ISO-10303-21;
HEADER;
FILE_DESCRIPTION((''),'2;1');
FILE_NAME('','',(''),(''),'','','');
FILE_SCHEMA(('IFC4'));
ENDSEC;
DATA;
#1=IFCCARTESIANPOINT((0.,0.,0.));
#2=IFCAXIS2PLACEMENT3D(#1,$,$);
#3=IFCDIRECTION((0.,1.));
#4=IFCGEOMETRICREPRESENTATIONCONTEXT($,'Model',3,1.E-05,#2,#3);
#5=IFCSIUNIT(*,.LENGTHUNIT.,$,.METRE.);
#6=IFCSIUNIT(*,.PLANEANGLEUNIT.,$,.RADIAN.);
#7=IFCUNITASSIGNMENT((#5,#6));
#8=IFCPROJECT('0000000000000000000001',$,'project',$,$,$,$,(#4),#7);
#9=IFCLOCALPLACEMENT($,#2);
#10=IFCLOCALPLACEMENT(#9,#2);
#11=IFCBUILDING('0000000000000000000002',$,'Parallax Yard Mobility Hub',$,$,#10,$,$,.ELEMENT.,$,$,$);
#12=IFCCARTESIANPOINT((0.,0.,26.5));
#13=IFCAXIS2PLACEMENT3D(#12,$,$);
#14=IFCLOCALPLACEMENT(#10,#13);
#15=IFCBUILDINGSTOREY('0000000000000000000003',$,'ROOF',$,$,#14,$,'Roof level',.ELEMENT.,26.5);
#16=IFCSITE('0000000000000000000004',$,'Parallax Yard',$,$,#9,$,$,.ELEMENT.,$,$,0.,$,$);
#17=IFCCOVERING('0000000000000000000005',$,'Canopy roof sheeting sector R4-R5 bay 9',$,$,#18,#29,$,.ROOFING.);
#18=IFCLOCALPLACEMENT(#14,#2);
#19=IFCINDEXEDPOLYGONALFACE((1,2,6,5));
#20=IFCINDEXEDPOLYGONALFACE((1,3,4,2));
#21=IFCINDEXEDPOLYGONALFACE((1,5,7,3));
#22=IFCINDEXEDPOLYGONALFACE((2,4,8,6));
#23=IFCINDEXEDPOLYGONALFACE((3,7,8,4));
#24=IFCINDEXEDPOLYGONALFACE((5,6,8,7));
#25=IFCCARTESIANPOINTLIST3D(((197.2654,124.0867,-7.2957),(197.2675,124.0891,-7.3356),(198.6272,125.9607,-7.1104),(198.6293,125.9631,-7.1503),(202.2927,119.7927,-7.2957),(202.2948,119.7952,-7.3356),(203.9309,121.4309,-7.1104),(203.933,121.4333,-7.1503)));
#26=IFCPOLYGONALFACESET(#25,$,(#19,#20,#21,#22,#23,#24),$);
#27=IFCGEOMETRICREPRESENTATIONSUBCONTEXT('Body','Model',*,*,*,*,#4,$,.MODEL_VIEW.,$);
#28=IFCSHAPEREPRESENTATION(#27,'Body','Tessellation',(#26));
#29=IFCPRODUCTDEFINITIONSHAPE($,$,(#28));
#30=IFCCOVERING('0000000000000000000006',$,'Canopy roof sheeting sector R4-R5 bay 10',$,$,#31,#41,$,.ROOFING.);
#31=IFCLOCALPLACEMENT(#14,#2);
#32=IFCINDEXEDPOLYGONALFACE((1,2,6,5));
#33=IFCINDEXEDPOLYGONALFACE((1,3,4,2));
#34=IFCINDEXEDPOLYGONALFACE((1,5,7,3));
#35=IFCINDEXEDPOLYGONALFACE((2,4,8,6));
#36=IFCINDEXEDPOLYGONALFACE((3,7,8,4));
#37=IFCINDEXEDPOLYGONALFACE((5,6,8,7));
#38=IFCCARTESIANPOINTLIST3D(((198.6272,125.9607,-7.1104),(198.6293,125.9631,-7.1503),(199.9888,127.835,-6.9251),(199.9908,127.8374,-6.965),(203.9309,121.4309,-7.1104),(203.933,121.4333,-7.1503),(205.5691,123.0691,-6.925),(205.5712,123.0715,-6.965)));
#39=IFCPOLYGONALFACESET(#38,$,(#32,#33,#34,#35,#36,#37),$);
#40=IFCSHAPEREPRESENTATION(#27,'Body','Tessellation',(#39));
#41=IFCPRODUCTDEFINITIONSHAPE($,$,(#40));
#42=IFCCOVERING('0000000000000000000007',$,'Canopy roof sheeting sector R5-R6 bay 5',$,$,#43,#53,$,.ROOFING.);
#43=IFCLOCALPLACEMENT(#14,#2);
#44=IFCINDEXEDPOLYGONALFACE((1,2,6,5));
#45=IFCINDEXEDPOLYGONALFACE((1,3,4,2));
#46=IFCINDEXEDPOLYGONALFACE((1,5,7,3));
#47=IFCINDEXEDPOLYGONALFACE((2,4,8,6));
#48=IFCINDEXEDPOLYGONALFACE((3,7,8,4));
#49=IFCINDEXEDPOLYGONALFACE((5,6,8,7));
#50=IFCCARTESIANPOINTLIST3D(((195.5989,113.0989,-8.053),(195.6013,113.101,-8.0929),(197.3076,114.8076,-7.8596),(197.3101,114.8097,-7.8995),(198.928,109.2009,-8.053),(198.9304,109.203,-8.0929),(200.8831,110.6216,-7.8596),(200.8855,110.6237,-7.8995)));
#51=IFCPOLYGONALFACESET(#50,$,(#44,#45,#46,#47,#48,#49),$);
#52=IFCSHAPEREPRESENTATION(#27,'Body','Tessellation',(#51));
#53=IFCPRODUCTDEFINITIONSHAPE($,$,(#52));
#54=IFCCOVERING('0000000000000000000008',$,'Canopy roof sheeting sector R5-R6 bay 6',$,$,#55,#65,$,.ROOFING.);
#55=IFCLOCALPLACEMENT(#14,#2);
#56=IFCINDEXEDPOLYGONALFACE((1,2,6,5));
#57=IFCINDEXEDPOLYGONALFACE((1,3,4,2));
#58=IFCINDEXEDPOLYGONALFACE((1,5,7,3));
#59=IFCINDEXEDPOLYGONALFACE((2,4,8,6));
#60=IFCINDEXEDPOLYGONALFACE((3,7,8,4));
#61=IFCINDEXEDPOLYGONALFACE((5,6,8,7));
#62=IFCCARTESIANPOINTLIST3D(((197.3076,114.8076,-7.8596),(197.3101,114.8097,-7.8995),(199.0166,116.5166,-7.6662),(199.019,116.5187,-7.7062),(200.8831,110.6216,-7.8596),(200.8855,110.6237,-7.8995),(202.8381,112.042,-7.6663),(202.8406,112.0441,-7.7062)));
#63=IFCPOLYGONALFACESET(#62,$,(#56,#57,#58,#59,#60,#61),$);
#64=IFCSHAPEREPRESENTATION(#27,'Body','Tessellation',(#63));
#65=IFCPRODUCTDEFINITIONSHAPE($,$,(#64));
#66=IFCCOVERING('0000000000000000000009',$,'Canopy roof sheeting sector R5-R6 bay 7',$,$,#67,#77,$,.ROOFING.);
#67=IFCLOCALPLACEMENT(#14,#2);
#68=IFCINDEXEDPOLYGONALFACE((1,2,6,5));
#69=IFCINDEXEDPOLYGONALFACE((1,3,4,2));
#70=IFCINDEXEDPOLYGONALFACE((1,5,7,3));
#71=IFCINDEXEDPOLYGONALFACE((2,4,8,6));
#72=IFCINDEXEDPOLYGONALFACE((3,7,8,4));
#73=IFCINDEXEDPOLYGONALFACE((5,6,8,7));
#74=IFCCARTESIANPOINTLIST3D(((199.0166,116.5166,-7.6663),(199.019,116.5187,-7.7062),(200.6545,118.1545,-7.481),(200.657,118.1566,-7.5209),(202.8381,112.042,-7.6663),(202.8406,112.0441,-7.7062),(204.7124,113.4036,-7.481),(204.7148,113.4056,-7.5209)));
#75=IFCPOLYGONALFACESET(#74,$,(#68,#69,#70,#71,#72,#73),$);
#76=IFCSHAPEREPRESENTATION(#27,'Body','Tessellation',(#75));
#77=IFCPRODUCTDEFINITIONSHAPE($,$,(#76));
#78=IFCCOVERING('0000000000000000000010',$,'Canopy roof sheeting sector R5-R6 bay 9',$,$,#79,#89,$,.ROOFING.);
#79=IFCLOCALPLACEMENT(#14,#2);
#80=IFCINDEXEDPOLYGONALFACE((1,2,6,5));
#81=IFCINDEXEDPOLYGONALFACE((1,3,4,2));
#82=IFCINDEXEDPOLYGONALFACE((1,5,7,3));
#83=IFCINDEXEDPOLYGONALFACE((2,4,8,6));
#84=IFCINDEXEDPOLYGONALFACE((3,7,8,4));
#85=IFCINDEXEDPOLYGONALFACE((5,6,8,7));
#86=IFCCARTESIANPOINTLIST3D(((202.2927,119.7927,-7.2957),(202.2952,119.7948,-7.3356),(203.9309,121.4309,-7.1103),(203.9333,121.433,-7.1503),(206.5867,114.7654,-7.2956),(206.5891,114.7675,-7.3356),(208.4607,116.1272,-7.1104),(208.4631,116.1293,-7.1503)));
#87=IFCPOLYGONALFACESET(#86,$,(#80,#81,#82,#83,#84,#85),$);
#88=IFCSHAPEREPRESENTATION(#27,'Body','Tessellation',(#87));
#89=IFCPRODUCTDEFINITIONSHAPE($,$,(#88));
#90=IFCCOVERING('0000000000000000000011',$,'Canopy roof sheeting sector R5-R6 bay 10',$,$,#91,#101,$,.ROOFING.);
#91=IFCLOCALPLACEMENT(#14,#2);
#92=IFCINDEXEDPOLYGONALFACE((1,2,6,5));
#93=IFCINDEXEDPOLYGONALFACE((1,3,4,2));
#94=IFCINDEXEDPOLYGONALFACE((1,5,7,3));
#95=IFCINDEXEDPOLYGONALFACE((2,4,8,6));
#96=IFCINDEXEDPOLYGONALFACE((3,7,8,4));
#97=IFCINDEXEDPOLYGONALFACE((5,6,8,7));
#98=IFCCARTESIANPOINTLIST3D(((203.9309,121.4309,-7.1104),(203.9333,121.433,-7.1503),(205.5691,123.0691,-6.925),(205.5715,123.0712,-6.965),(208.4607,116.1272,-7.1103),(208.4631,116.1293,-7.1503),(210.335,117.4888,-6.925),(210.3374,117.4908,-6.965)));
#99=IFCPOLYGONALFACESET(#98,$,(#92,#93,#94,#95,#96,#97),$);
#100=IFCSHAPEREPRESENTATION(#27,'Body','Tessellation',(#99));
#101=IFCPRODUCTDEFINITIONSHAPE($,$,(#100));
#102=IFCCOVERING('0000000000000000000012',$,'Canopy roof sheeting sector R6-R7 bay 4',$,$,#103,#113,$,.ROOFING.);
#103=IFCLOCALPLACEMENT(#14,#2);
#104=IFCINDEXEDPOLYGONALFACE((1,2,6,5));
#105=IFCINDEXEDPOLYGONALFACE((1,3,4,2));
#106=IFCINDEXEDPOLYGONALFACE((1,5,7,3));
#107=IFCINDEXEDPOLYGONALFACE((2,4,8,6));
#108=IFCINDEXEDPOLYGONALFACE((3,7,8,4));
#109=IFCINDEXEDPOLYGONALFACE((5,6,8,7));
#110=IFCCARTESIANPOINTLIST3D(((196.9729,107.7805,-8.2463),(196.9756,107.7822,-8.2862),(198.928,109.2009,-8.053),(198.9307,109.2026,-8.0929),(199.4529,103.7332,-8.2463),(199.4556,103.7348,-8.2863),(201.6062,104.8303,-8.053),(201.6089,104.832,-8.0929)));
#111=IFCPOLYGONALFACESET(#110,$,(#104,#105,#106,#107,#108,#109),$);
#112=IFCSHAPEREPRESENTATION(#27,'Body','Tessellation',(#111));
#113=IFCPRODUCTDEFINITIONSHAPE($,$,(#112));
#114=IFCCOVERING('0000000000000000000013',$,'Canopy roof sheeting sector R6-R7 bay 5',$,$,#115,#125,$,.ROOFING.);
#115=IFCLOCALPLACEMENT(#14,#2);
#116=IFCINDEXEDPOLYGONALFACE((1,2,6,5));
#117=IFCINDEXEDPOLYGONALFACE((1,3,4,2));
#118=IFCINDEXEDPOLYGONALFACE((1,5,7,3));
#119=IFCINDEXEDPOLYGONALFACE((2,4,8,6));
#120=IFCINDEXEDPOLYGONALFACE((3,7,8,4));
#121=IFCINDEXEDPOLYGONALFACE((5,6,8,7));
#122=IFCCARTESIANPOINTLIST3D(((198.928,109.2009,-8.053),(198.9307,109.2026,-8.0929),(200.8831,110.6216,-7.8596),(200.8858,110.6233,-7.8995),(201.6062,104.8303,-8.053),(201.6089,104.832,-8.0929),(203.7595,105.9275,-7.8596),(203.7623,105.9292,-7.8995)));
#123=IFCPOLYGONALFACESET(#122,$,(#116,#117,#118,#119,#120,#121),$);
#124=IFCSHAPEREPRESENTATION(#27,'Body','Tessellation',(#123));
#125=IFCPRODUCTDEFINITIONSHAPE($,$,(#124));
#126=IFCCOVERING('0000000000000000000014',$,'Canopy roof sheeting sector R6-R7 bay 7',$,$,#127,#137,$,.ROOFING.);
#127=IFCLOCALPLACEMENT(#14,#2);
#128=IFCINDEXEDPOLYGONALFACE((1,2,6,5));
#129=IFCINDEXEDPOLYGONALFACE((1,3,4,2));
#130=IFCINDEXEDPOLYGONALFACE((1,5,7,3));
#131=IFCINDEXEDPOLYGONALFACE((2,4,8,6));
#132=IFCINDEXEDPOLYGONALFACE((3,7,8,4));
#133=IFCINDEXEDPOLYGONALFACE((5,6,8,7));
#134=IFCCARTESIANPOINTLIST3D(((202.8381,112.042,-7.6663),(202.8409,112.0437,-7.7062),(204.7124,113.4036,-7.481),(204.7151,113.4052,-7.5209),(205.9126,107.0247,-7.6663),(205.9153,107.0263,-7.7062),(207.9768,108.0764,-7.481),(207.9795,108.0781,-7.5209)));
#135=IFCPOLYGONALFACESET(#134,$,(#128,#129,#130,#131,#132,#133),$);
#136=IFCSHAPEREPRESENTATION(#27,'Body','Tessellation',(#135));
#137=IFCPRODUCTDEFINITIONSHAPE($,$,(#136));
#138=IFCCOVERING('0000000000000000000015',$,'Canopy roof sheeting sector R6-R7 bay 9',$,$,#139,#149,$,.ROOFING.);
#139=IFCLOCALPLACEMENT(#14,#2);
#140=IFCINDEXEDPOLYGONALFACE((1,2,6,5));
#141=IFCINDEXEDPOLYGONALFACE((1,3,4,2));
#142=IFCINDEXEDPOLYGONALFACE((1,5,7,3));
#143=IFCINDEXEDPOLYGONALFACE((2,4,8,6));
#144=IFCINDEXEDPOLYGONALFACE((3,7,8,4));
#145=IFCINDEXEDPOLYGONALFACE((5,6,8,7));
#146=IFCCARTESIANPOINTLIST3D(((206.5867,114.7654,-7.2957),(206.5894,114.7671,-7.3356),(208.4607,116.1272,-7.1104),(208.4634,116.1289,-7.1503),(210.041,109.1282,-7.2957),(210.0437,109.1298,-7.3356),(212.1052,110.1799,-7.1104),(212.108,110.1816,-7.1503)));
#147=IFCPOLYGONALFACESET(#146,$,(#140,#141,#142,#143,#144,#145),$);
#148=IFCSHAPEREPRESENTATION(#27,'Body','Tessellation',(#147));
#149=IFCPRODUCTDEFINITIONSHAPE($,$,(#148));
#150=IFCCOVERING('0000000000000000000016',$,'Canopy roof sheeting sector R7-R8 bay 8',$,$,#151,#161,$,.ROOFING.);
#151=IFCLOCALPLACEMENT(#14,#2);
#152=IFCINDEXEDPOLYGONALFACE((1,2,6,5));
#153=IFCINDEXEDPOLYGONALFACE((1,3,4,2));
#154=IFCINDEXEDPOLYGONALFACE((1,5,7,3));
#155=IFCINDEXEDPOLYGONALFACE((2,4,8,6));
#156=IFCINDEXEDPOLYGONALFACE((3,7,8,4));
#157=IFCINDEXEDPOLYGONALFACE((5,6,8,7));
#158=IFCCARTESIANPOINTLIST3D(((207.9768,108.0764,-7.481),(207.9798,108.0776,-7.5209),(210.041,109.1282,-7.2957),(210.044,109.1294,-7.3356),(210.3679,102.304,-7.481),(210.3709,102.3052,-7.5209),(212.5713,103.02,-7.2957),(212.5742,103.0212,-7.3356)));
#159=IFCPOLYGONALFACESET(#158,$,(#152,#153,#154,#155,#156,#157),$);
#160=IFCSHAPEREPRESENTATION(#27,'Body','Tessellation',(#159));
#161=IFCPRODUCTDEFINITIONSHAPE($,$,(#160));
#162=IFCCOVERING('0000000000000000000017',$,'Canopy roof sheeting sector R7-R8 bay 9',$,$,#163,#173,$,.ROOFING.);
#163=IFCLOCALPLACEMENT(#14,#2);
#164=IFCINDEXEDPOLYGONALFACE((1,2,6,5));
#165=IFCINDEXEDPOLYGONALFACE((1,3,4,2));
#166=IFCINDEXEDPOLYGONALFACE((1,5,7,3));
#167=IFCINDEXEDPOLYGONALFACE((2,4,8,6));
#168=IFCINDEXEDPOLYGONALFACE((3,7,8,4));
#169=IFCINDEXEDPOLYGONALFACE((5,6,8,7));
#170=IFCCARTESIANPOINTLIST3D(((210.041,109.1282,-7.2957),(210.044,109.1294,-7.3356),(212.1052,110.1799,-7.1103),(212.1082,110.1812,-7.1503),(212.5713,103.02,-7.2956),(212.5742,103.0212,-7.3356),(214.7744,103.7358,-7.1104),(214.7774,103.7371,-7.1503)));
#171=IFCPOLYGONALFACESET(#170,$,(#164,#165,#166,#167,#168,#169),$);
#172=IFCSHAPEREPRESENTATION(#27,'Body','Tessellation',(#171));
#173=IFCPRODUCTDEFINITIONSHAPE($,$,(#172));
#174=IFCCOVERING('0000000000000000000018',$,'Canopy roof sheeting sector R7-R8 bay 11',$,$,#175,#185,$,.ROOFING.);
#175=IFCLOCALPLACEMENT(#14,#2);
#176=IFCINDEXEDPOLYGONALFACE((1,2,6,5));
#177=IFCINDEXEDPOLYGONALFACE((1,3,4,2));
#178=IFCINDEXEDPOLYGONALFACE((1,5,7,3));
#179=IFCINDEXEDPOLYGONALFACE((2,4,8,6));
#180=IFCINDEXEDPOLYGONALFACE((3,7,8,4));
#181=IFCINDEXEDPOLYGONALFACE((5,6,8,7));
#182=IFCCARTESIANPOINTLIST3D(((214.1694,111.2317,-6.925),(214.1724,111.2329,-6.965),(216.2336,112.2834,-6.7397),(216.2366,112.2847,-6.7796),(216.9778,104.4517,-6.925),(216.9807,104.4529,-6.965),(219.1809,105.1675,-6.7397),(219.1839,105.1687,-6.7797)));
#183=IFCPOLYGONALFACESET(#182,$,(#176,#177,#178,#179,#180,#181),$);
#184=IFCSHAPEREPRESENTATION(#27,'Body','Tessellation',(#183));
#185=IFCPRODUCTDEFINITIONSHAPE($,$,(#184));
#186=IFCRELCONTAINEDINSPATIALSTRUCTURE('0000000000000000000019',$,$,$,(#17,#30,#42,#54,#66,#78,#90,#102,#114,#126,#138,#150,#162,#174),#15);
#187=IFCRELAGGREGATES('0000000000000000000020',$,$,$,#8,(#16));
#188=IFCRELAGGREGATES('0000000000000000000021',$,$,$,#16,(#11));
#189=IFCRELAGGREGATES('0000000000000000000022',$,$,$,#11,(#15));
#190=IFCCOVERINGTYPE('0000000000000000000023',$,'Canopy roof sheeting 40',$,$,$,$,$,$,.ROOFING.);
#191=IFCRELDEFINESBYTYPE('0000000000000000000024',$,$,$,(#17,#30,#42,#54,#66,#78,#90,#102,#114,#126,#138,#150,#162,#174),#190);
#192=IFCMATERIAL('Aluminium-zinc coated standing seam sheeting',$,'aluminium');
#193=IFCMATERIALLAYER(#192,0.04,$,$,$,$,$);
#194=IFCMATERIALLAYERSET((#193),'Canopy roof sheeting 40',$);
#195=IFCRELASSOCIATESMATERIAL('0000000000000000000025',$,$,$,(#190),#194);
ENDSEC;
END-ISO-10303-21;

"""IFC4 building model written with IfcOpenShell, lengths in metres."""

from ifc_helpers import new_model, si_unit, direction, frame, origin, place, context, subcontext, project, spatial, polyline, outline, extrude, material, layer, layer_set, type_object, element, save


model = new_model("IFC4")

# Units and contexts
model_context = context("Model", 3, precision=1e-05, world=origin(), true_north=direction((0.0, 1.0)))
body_context = subcontext(model_context, "Body", "Model", "MODEL_VIEW")
ifc_project = project(units=[si_unit("LENGTHUNIT", "METRE"), si_unit("PLANEANGLEUNIT", "RADIAN")], contexts=[model_context])

# Site, building, storey
site_placement = place(None, origin())
site = spatial("IfcSite", under=ifc_project, at=site_placement, Name="Parallax Yard", CompositionType="ELEMENT", RefElevation=0.0)
building_placement = place(site_placement, origin())
building = spatial("IfcBuilding", under=site, at=building_placement, Name="Parallax Yard Mobility Hub", CompositionType="ELEMENT")
storey_placement = place(building_placement, frame((0.0, 0.0, 26.5)))
storey = spatial("IfcBuildingStorey", under=building, at=storey_placement, Name="ROOF", LongName="Roof level", CompositionType="ELEMENT", Elevation=26.5)

# Coverings
ifc_material = material(Name="Aluminium-zinc coated standing seam sheeting", Category="aluminium")
ifc_layer = layer(ifc_material, 0.04)
ifc_layer_set = layer_set([ifc_layer], Name="Canopy roof sheeting 40")
covering_type = type_object("IfcCoveringType", Name="Canopy roof sheeting 40", PredefinedType="ROOFING", material=ifc_layer_set)
placement = place(building_placement, frame((0.0, 0.0, 13.2)))
covering_1_placement = place(placement, frame((197.2654, 124.0867, 6.0044), z_axis=(-0.051942, -0.060815, 0.996797), x_axis=(0.760392, -0.649464, -0.000001)))
element("IfcCovering", 1, at=covering_1_placement, inside=storey, type_object=covering_type, Name="Canopy roof sheeting sector R4-R5 bay 9", PredefinedType="ROOFING", context=body_context, shape_type="SweptSolid", body=[
    extrude(outline(polyline([(0.0, 0.0), (6.6115, 0.0), (6.7932, 2.317), (-0.1816, 2.3169), (0.0, 0.0)])), origin(), (0.0, 0.0, -1.0), 0.04),
])
covering_2_placement = place(placement, frame((198.6272, 125.9607, 6.1897), z_axis=(-0.05194, -0.060815, 0.996797), x_axis=(0.760407, -0.649447, -0.000001)))
element("IfcCovering", 2, at=covering_2_placement, inside=storey, type_object=covering_type, Name="Canopy roof sheeting sector R4-R5 bay 10", PredefinedType="ROOFING", context=body_context, shape_type="SweptSolid", body=[
    extrude(outline(polyline([(0.0, 0.0), (6.9748, 0.0), (7.1566, 2.317), (-0.1819, 2.3169), (0.0, 0.0)])), origin(), (0.0, 0.0, -1.0), 0.04),
])
covering_3_placement = place(placement, frame((195.5989, 113.0989, 5.2471), z_axis=(-0.060833, -0.051958, 0.996795), x_axis=(0.649441, -0.760412, -0.000002)))
element("IfcCovering", 3, at=covering_3_placement, inside=storey, type_object=covering_type, Name="Canopy roof sheeting sector R5-R6 bay 5", PredefinedType="ROOFING", context=body_context, shape_type="SweptSolid", body=[
    extrude(outline(polyline([(0.0, 0.0), (5.1261, 0.0), (5.3155, 2.417), (-0.1896, 2.4168), (0.0, 0.0)])), origin(), (0.0, 0.0, -1.0), 0.04),
])
covering_4_placement = place(placement, frame((197.3076, 114.8076, 5.4404), z_axis=(-0.060831, -0.051956, 0.996795), x_axis=(0.649472, -0.760386, 0.000002)))
element("IfcCovering", 4, at=covering_4_placement, inside=storey, type_object=covering_type, Name="Canopy roof sheeting sector R5-R6 bay 6", PredefinedType="ROOFING", context=body_context, shape_type="SweptSolid", body=[
    extrude(outline(polyline([(0.0, 0.0), (5.5051, 0.0), (5.6949, 2.4169), (-0.1895, 2.4172), (0.0, 0.0)])), origin(), (0.0, 0.0, -1.0), 0.04),
])
covering_5_placement = place(placement, frame((199.0166, 116.5166, 5.6338), z_axis=(-0.060819, -0.051945, 0.996796), x_axis=(0.649434, -0.760418, -0.000001)))
element("IfcCovering", 5, at=covering_5_placement, inside=storey, type_object=covering_type, Name="Canopy roof sheeting sector R5-R6 bay 7", PredefinedType="ROOFING", context=body_context, shape_type="SweptSolid", body=[
    extrude(outline(polyline([(0.0, 0.0), (5.8844, 0.0), (6.0663, 2.3169), (-0.1818, 2.3167), (0.0, 0.0)])), origin(), (0.0, 0.0, -1.0), 0.04),
])
covering_6_placement = place(placement, frame((202.2927, 119.7927, 6.0044), z_axis=(-0.060815, -0.051942, 0.996797), x_axis=(0.649464, -0.760392, 0.000001)))
element("IfcCovering", 6, at=covering_6_placement, inside=storey, type_object=covering_type, Name="Canopy roof sheeting sector R5-R6 bay 9", PredefinedType="ROOFING", context=body_context, shape_type="SweptSolid", body=[
    extrude(outline(polyline([(0.0, 0.0), (6.6115, 0.0), (6.7931, 2.3169), (-0.1817, 2.317), (0.0, 0.0)])), origin(), (0.0, 0.0, -1.0), 0.04),
])
covering_7_placement = place(placement, frame((203.9309, 121.4309, 6.1897), z_axis=(-0.060815, -0.05194, 0.996797), x_axis=(0.649447, -0.760407, 0.000001)))
element("IfcCovering", 7, at=covering_7_placement, inside=storey, type_object=covering_type, Name="Canopy roof sheeting sector R5-R6 bay 10", PredefinedType="ROOFING", context=body_context, shape_type="SweptSolid", body=[
    extrude(outline(polyline([(0.0, 0.0), (6.9748, 0.0), (7.1567, 2.3169), (-0.1818, 2.317), (0.0, 0.0)])), origin(), (0.0, 0.0, -1.0), 0.04),
])
covering_8_placement = place(placement, frame((196.9729, 107.7805, 5.0537), z_axis=(-0.068213, -0.041799, 0.996795), x_axis=(0.522461, -0.852663, -0.000001)))
element("IfcCovering", 8, at=covering_8_placement, inside=storey, type_object=covering_type, Name="Canopy roof sheeting sector R6-R7 bay 4", PredefinedType="ROOFING", context=body_context, shape_type="SweptSolid", body=[
    extrude(outline(polyline([(0.0, 0.0), (4.7467, 0.0), (4.9362, 2.417), (-0.1897, 2.4169), (0.0, 0.0)])), origin(), (0.0, 0.0, -1.0), 0.04),
])
covering_9_placement = place(placement, frame((198.928, 109.2009, 5.2471), z_axis=(-0.068211, -0.041799, 0.996795), x_axis=(0.522486, -0.852648, 0.0)))
element("IfcCovering", 9, at=covering_9_placement, inside=storey, type_object=covering_type, Name="Canopy roof sheeting sector R6-R7 bay 5", PredefinedType="ROOFING", context=body_context, shape_type="SweptSolid", body=[
    extrude(outline(polyline([(0.0, 0.0), (5.1259, 0.0), (5.3155, 2.417), (-0.1898, 2.417), (0.0, 0.0)])), origin(), (0.0, 0.0, -1.0), 0.04),
])
covering_10_placement = place(placement, frame((202.8381, 112.042, 5.6338), z_axis=(-0.068192, -0.041787, 0.996797), x_axis=(0.522478, -0.852653, -0.000001)))
element("IfcCovering", 10, at=covering_10_placement, inside=storey, type_object=covering_type, Name="Canopy roof sheeting sector R6-R7 bay 7", PredefinedType="ROOFING", context=body_context, shape_type="SweptSolid", body=[
    extrude(outline(polyline([(0.0, 0.0), (5.8844, 0.0), (6.0661, 2.317), (-0.1817, 2.3169), (0.0, 0.0)])), origin(), (0.0, 0.0, -1.0), 0.04),
])
covering_11_placement = place(placement, frame((206.5867, 114.7654, 6.0044), z_axis=(-0.068193, -0.041788, 0.996797), x_axis=(0.522483, -0.85265, -0.000001)))
element("IfcCovering", 11, at=covering_11_placement, inside=storey, type_object=covering_type, Name="Canopy roof sheeting sector R6-R7 bay 9", PredefinedType="ROOFING", context=body_context, shape_type="SweptSolid", body=[
    extrude(outline(polyline([(0.0, 0.0), (6.6114, 0.0), (6.7931, 2.317), (-0.182, 2.3168), (0.0, 0.0)])), origin(), (0.0, 0.0, -1.0), 0.04),
])
covering_12_placement = place(placement, frame((207.9768, 108.0764, 5.8191), z_axis=(-0.073886, -0.030606, 0.996797), x_axis=(0.382695, -0.923875, -0.000001)))
element("IfcCovering", 12, at=covering_12_placement, inside=storey, type_object=covering_type, Name="Canopy roof sheeting sector R7-R8 bay 8", PredefinedType="ROOFING", context=body_context, shape_type="SweptSolid", body=[
    extrude(outline(polyline([(0.0, 0.0), (6.2481, 0.0), (6.4298, 2.3171), (-0.1817, 2.317), (0.0, 0.0)])), origin(), (0.0, 0.0, -1.0), 0.04),
])
covering_13_placement = place(placement, frame((210.041, 109.1282, 6.0044), z_axis=(-0.073891, -0.030608, 0.996797), x_axis=(0.382708, -0.923869, 0.000001)))
element("IfcCovering", 13, at=covering_13_placement, inside=storey, type_object=covering_type, Name="Canopy roof sheeting sector R7-R8 bay 9", PredefinedType="ROOFING", context=body_context, shape_type="SweptSolid", body=[
    extrude(outline(polyline([(0.0, 0.0), (6.6115, 0.0), (6.7933, 2.3168), (-0.1817, 2.317), (0.0, 0.0)])), origin(), (0.0, 0.0, -1.0), 0.04),
])
covering_14_placement = place(placement, frame((214.1694, 111.2317, 6.375), z_axis=(-0.073892, -0.030605, 0.996797), x_axis=(0.38268, -0.923881, 0.000001)))
element("IfcCovering", 14, at=covering_14_placement, inside=storey, type_object=covering_type, Name="Canopy roof sheeting sector R7-R8 bay 11", PredefinedType="ROOFING", context=body_context, shape_type="SweptSolid", body=[
    extrude(outline(polyline([(0.0, 0.0), (7.3386, 0.0), (7.5204, 2.3168), (-0.1818, 2.317), (0.0, 0.0)])), origin(), (0.0, 0.0, -1.0), 0.04),
])

save(model, "model.ifc")
